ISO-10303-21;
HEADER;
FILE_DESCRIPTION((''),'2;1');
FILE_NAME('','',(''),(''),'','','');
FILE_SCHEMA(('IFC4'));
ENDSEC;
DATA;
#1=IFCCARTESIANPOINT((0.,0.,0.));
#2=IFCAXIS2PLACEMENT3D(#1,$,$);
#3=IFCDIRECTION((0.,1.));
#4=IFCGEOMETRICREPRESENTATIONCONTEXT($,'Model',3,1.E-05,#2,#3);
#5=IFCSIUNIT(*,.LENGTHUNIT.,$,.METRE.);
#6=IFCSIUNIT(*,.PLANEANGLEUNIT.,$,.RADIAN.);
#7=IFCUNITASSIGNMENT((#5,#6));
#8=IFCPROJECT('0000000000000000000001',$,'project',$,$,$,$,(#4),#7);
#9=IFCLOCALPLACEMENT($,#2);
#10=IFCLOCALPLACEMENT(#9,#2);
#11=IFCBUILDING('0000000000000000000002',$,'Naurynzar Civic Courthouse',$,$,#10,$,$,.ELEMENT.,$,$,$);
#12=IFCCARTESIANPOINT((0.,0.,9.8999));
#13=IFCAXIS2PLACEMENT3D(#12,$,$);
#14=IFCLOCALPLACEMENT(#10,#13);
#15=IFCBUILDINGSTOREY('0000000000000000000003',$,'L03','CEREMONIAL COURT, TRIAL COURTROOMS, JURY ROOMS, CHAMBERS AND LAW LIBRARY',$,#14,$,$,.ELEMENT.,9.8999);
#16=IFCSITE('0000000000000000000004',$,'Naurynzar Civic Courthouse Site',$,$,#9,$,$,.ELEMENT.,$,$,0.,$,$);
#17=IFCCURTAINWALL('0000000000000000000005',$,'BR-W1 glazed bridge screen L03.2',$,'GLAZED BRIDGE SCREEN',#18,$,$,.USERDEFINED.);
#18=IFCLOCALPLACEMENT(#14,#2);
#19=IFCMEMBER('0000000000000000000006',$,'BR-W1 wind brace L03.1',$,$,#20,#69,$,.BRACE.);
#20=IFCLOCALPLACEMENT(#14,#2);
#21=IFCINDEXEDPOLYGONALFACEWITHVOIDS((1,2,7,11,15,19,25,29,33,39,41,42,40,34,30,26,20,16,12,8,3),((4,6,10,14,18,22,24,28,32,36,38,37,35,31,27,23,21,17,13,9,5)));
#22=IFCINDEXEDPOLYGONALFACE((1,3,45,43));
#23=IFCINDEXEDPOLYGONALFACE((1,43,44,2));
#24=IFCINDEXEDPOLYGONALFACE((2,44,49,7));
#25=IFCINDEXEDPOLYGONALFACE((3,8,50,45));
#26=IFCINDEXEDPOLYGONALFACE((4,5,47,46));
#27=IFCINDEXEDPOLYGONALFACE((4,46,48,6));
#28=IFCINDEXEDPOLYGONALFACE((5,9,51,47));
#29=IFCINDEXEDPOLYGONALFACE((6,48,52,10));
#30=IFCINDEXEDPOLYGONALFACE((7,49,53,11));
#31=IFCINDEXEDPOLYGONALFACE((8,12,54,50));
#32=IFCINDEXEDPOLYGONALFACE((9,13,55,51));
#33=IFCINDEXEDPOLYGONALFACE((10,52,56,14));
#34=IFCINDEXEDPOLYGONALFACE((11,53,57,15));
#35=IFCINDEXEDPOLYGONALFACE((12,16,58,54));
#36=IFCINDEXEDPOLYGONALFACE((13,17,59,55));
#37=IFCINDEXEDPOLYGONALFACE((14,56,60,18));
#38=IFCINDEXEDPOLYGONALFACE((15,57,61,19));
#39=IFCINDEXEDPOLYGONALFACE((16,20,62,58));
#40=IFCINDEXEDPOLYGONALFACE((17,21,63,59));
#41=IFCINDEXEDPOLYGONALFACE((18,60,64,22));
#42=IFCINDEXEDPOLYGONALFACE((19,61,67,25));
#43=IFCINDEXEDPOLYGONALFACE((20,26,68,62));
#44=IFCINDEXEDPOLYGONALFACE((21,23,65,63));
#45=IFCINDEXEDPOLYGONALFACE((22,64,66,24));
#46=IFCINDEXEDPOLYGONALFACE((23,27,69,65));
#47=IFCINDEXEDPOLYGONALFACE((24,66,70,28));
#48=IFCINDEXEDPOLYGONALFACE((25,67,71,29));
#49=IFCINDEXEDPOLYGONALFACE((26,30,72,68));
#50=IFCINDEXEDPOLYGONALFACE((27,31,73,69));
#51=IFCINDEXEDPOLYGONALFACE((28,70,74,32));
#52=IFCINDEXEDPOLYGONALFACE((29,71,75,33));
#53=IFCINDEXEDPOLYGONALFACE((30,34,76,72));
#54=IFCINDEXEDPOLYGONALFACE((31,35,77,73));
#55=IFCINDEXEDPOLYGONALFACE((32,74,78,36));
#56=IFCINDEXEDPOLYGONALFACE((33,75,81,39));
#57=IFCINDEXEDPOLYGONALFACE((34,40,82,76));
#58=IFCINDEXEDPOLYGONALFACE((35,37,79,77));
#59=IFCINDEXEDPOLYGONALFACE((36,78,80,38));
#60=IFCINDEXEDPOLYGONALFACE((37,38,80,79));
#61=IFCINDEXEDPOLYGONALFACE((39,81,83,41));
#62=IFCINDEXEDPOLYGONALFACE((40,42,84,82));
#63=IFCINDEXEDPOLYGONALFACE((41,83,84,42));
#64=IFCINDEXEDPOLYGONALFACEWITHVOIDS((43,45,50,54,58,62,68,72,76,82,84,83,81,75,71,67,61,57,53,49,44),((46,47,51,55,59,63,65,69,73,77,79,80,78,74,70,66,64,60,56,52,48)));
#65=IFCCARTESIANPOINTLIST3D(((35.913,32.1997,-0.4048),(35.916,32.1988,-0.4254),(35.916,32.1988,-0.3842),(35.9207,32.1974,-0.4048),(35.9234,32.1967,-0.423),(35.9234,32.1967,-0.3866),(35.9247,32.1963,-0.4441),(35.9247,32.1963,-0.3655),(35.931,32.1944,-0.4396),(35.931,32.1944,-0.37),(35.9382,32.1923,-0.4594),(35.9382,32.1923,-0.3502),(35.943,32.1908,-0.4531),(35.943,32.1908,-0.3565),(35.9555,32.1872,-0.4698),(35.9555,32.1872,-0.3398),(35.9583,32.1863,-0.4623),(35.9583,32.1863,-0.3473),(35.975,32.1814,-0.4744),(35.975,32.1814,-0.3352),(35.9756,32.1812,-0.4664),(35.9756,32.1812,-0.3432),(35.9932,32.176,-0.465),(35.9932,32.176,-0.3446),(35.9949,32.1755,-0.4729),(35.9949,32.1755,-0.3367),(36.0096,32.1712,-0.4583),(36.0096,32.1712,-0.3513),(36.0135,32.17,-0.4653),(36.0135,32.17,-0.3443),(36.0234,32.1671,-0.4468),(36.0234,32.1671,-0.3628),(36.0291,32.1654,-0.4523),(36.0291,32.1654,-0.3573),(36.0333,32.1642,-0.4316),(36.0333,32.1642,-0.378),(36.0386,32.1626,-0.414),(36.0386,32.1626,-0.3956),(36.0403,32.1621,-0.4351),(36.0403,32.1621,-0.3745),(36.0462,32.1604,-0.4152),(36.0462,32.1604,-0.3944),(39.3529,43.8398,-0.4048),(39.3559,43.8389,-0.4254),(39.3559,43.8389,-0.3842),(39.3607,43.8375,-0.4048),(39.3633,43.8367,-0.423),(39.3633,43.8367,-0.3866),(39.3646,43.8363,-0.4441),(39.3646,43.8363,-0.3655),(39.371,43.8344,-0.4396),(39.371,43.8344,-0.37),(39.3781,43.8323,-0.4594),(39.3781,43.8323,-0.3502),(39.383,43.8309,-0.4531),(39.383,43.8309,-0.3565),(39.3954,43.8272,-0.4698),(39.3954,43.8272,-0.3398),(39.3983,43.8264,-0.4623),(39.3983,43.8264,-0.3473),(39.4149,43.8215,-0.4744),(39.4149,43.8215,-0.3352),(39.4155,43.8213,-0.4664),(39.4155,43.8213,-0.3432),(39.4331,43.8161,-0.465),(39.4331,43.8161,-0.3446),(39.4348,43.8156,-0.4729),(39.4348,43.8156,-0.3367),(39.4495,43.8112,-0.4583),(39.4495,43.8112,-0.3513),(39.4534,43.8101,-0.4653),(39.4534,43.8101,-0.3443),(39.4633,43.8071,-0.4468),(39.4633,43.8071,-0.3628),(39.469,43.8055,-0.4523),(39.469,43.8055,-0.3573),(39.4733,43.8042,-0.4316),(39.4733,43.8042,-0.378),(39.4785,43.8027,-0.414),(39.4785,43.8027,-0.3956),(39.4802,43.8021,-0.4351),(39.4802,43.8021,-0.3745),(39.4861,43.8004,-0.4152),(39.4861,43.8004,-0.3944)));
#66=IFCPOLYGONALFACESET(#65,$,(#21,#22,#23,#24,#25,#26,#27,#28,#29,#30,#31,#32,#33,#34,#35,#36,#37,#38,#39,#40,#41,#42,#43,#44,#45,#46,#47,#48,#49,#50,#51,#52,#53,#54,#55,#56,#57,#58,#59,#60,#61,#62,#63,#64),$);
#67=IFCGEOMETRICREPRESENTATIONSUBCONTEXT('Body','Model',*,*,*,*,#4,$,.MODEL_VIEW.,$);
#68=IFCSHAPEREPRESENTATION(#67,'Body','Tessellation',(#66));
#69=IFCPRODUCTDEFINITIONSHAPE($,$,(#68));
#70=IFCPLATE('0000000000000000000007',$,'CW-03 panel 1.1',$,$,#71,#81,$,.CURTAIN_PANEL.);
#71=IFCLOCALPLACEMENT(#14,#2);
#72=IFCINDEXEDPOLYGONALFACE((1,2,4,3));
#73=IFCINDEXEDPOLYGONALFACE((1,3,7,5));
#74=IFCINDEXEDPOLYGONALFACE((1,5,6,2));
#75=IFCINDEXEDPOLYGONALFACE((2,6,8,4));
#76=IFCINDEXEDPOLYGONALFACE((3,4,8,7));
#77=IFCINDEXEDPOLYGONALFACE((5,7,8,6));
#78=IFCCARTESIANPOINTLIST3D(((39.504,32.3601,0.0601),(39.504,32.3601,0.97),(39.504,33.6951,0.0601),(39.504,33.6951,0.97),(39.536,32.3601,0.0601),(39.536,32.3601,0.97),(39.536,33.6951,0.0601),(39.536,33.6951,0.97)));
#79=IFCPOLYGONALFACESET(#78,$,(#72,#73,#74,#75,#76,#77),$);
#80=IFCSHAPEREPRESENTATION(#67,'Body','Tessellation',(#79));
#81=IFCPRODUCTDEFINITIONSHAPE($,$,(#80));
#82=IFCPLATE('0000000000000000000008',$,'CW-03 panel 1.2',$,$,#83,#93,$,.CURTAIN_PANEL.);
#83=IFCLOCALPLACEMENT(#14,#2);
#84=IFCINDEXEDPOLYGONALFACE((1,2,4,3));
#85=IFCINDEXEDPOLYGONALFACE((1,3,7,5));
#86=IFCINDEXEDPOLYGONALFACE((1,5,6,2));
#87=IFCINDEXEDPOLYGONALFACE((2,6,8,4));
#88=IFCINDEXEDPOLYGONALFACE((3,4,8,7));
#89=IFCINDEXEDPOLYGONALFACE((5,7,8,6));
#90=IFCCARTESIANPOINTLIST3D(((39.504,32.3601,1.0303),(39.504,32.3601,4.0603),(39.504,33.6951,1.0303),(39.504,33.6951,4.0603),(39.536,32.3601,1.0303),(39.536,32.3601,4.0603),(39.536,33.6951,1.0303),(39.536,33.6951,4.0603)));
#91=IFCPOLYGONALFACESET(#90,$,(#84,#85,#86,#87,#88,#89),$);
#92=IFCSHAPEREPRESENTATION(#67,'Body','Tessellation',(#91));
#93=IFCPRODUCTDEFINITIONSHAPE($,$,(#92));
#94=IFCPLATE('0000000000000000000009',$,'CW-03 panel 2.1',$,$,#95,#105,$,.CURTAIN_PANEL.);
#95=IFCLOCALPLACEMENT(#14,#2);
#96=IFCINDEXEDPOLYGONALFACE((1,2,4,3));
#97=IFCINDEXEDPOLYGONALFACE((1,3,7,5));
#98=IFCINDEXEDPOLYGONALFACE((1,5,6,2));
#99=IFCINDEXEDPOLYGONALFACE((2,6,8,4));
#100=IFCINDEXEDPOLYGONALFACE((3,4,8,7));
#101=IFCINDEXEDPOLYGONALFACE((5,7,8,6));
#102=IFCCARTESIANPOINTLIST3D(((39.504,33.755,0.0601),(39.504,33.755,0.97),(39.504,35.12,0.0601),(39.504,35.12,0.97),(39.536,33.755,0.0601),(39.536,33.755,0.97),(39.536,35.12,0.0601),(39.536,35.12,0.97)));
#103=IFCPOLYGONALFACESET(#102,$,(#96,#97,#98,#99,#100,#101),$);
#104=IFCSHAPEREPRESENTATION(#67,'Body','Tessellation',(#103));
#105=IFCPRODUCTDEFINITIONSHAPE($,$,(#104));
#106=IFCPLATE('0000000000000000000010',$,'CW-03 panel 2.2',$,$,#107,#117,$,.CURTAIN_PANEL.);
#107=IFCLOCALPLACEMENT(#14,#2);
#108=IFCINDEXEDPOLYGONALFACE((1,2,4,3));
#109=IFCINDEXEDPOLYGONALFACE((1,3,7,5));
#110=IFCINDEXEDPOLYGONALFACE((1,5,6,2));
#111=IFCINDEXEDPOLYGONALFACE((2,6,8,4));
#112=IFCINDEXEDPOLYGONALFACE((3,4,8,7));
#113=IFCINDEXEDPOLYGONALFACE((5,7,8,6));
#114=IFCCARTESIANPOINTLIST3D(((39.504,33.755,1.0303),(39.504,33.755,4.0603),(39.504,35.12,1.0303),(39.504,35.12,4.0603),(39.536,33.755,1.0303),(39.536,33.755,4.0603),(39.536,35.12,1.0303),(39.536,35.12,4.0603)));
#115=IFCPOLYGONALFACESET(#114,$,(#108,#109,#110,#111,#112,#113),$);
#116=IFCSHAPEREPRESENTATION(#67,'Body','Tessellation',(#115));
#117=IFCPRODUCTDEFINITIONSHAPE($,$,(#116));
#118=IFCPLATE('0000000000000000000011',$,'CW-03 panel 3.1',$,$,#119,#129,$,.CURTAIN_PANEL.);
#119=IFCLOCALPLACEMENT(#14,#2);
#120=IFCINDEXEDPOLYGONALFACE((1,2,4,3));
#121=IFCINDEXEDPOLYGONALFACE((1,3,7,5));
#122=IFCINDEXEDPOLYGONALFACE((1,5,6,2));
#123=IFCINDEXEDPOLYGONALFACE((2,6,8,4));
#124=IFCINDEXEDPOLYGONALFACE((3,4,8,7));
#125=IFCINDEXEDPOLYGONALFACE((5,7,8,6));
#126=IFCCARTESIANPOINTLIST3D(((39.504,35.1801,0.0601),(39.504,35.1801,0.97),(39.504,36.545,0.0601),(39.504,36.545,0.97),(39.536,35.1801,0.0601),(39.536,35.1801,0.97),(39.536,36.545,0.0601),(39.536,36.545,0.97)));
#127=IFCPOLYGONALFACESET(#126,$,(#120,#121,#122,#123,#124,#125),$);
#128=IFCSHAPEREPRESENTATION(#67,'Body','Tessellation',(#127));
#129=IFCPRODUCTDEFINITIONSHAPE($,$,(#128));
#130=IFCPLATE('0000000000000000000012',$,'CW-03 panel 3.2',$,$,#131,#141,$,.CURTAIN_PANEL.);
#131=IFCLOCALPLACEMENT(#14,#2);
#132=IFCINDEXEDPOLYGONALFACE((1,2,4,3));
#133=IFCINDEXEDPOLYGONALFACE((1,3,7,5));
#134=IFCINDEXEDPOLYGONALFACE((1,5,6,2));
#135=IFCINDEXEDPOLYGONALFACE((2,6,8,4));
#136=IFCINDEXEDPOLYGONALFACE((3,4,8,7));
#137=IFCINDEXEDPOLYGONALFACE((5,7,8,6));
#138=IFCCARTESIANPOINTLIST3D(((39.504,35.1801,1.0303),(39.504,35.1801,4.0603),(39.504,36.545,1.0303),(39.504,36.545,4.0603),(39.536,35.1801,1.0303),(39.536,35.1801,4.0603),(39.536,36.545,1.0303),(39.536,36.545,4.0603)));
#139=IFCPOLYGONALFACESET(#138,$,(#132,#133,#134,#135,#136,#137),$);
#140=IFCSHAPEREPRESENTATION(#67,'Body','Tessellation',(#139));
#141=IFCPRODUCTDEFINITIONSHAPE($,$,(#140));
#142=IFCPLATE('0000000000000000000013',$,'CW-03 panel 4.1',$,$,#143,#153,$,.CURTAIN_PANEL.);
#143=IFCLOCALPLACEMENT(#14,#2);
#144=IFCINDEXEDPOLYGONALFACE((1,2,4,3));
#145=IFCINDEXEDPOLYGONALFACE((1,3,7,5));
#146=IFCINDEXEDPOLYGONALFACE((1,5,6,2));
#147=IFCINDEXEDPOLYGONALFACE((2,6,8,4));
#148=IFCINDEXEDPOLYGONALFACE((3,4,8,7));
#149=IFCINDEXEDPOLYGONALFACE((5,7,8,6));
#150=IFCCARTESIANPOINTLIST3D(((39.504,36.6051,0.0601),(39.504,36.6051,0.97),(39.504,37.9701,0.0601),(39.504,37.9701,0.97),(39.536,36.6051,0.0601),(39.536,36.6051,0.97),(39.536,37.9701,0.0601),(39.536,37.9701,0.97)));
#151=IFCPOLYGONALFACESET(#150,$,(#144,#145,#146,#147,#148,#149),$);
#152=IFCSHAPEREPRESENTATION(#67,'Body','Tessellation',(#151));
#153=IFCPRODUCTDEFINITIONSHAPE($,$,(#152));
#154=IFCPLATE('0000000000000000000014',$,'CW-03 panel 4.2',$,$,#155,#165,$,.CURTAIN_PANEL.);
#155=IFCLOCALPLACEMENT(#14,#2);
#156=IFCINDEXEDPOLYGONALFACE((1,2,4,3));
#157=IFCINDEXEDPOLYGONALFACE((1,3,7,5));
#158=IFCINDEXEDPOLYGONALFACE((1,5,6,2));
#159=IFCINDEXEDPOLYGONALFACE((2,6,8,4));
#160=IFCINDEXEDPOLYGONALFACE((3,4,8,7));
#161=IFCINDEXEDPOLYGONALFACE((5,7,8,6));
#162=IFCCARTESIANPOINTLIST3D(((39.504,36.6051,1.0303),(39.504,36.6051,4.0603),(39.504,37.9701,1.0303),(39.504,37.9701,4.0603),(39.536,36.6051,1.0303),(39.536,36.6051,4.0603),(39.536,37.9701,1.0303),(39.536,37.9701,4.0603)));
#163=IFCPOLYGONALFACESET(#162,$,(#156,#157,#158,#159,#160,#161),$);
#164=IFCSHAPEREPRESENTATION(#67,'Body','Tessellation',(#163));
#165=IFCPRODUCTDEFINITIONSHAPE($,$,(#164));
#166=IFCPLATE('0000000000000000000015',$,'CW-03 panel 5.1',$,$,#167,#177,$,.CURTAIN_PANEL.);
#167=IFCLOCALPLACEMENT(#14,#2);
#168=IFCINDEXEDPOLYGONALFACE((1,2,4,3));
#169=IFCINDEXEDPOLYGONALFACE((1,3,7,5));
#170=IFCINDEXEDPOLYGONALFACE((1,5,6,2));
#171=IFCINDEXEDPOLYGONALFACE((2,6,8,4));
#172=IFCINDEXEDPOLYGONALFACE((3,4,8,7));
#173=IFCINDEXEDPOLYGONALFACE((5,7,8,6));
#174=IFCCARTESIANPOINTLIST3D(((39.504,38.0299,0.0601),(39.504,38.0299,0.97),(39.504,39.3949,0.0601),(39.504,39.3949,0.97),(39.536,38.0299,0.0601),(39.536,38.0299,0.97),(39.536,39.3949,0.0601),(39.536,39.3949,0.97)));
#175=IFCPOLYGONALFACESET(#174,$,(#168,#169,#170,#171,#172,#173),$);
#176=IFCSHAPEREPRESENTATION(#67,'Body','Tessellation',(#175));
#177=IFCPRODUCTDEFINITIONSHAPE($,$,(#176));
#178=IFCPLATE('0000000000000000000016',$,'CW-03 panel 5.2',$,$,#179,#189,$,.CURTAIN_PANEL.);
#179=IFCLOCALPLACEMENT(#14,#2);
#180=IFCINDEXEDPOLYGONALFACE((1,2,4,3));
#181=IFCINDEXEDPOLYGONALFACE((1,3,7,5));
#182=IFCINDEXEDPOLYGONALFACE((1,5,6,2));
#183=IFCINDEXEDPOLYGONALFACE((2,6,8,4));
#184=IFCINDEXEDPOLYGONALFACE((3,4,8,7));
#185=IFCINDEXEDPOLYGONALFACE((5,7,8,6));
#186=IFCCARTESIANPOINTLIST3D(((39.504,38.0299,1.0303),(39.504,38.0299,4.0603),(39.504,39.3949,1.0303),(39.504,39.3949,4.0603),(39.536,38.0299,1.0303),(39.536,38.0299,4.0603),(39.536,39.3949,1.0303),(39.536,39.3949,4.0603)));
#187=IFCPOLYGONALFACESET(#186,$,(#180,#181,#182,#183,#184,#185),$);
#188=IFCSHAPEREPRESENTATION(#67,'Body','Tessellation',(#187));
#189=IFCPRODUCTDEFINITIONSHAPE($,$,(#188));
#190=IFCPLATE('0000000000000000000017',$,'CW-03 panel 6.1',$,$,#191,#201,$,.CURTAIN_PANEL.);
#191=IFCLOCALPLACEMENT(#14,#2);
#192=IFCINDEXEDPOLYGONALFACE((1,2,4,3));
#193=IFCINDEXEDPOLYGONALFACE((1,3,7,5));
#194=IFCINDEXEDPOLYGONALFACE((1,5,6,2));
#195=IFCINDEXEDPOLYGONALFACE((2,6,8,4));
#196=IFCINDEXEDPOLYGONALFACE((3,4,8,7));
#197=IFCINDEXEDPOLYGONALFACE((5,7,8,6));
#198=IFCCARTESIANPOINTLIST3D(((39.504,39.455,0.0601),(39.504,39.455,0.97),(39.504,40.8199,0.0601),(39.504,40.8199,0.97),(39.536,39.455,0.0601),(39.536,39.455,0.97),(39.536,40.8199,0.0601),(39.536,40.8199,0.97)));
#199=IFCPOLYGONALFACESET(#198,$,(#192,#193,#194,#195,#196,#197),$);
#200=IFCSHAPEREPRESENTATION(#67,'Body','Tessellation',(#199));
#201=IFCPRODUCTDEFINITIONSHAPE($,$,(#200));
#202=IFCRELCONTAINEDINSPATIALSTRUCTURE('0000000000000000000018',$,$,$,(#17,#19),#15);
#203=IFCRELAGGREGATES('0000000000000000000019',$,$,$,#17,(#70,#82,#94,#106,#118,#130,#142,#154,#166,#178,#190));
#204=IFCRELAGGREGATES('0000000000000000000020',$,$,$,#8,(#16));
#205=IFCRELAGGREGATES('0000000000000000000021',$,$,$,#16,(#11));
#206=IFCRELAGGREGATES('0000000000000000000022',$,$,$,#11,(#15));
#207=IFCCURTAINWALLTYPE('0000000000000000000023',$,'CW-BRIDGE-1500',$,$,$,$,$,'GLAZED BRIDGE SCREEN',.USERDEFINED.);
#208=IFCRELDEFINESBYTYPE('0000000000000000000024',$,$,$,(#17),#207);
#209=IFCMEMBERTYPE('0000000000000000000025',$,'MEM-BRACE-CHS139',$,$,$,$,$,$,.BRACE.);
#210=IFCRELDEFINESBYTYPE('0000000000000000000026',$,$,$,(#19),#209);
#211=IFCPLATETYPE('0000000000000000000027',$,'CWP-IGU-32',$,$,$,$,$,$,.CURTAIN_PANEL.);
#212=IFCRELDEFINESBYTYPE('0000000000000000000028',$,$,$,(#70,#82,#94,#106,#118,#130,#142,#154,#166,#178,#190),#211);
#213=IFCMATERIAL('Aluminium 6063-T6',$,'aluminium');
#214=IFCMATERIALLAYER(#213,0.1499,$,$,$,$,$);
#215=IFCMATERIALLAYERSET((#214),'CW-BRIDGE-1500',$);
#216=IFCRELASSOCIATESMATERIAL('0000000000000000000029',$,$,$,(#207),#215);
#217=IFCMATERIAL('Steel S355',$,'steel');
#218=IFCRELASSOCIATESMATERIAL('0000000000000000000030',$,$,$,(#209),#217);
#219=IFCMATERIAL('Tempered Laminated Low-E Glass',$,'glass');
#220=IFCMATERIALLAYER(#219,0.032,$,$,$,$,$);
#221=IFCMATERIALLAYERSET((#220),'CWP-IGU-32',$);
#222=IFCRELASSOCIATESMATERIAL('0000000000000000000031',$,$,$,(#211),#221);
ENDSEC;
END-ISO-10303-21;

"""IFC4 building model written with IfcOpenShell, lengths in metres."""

from ifc_helpers import new_model, si_unit, direction, frame, origin, origin_2d, place, context, subcontext, project, spatial, rectangle, hollow_circle, extrude, material, layer, layer_set, material_profile, profile_set, type_object, element, aggregate, save


model = new_model("IFC4")

# Units and contexts
model_context = context("Model", 3, precision=1e-05, world=origin(), true_north=direction((0.0, 1.0)))
body_context = subcontext(model_context, "Body", "Model", "MODEL_VIEW")
ifc_project = project(units=[si_unit("LENGTHUNIT", "METRE"), si_unit("PLANEANGLEUNIT", "RADIAN")], contexts=[model_context])

# Site, building, storey
site_placement = place(None, origin())
site = spatial("IfcSite", under=ifc_project, at=site_placement, Name="Naurynzar Civic Courthouse Site", CompositionType="ELEMENT", RefElevation=0.0)
building_placement = place(site_placement, origin())
building = spatial("IfcBuilding", under=site, at=building_placement, Name="Naurynzar Civic Courthouse", CompositionType="ELEMENT")
storey_placement = place(building_placement, frame((0.0, 0.0, 9.8999)))
storey = spatial("IfcBuildingStorey", under=building, at=storey_placement, Name="L03", Description="CEREMONIAL COURT, TRIAL COURTROOMS, JURY ROOMS, CHAMBERS AND LAW LIBRARY", CompositionType="ELEMENT", Elevation=9.8999)

# Curtain wall
ifc_material_1 = material(Name="Aluminium 6063-T6", Category="aluminium")
ifc_layer_1 = layer(ifc_material_1, 0.1499)
ifc_layer_set_1 = layer_set([ifc_layer_1], Name="CW-BRIDGE-1500")
curtain_wall_type = type_object("IfcCurtainWallType", Name="CW-BRIDGE-1500", ElementType="GLAZED BRIDGE SCREEN", PredefinedType="USERDEFINED", material=ifc_layer_set_1)
curtain_wall_placement = place(storey_placement, origin())
curtain_wall = element("IfcCurtainWall", 1, at=curtain_wall_placement, inside=storey, type_object=curtain_wall_type, Name="BR-W1 glazed bridge screen L03.2", ObjectType="GLAZED BRIDGE SCREEN", PredefinedType="USERDEFINED")

# Member
ifc_material_2 = material(Name="Steel S355", Category="steel")
ifc_material_profile_1 = material_profile(ifc_material_2, hollow_circle(Radius=0.0698, WallThickness=0.0081, at=origin_2d()), Name="CHS 139.7x8")
ifc_profile_set_1 = profile_set([ifc_material_profile_1], Name="Steel S355")
member_type_1 = type_object("IfcMemberType", Name="MEM-BRACE-CHS139", PredefinedType="BRACE", material=ifc_profile_set_1)
member_1_placement = place(storey_placement, frame((35.98, 32.1799, -0.4048), z_axis=(0.283408, 0.959, 0.0), x_axis=(-0.959, 0.283408, 0.0)))
element("IfcMember", 2, at=member_1_placement, inside=storey, type_object=member_type_1, Name="BR-W1 wind brace L03.1", PredefinedType="BRACE", context=body_context, shape_type="SweptSolid", body=[
    extrude(hollow_circle(Radius=0.0698, WallThickness=0.0081, at=origin_2d()), origin(), (0.0, 0.0, 1.0), 12.1377),
])

# Plates
ifc_material_3 = material(Name="Tempered Laminated Low-E Glass", Category="glass")
ifc_layer_2 = layer(ifc_material_3, 0.032)
ifc_layer_set_2 = layer_set([ifc_layer_2], Name="CWP-IGU-32")
plate_type_1 = type_object("IfcPlateType", Name="CWP-IGU-32", PredefinedType="CURTAIN_PANEL", material=ifc_layer_set_2)
plate_1_placement = place(storey_placement, frame((39.52, 33.0276, 0.0601), z_axis=(0.0, 0.0, 1.0), x_axis=(0.0, 1.0, 0.0)))
plate_1 = element("IfcPlate", 3, at=plate_1_placement, type_object=plate_type_1, Name="CW-03 panel 1.1", PredefinedType="CURTAIN_PANEL", context=body_context, shape_type="SweptSolid", body=[
    extrude(rectangle(XDim=1.335, YDim=0.032, at=origin_2d()), origin(), (0.0, 0.0, 1.0), 0.9099),
])
plate_2_placement = place(storey_placement, frame((39.52, 33.0276, 1.0303), z_axis=(0.0, 0.0, 1.0), x_axis=(0.0, 1.0, 0.0)))
plate_2 = element("IfcPlate", 4, at=plate_2_placement, type_object=plate_type_1, Name="CW-03 panel 1.2", PredefinedType="CURTAIN_PANEL", context=body_context, shape_type="SweptSolid", body=[
    extrude(rectangle(XDim=1.335, YDim=0.032, at=origin_2d()), origin(), (0.0, 0.0, 1.0), 3.03),
])
plate_3_placement = place(storey_placement, frame((39.52, 34.4375, 0.0601), z_axis=(0.0, 0.0, 1.0), x_axis=(0.0, 1.0, 0.0)))
plate_3 = element("IfcPlate", 5, at=plate_3_placement, type_object=plate_type_1, Name="CW-03 panel 2.1", PredefinedType="CURTAIN_PANEL", context=body_context, shape_type="SweptSolid", body=[
    extrude(rectangle(XDim=1.365, YDim=0.032, at=origin_2d()), origin(), (0.0, 0.0, 1.0), 0.9099),
])
plate_4_placement = place(storey_placement, frame((39.52, 34.4375, 1.0303), z_axis=(0.0, 0.0, 1.0), x_axis=(0.0, 1.0, 0.0)))
plate_4 = element("IfcPlate", 6, at=plate_4_placement, type_object=plate_type_1, Name="CW-03 panel 2.2", PredefinedType="CURTAIN_PANEL", context=body_context, shape_type="SweptSolid", body=[
    extrude(rectangle(XDim=1.365, YDim=0.032, at=origin_2d()), origin(), (0.0, 0.0, 1.0), 3.03),
])
plate_5_placement = place(storey_placement, frame((39.52, 35.8625, 0.0601), z_axis=(0.0, 0.0, 1.0), x_axis=(0.0, 1.0, 0.0)))
plate_5 = element("IfcPlate", 7, at=plate_5_placement, type_object=plate_type_1, Name="CW-03 panel 3.1", PredefinedType="CURTAIN_PANEL", context=body_context, shape_type="SweptSolid", body=[
    extrude(rectangle(XDim=1.365, YDim=0.032, at=origin_2d()), origin(), (0.0, 0.0, 1.0), 0.9099),
])
plate_6_placement = place(storey_placement, frame((39.52, 35.8625, 1.0303), z_axis=(0.0, 0.0, 1.0), x_axis=(0.0, 1.0, 0.0)))
plate_6 = element("IfcPlate", 8, at=plate_6_placement, type_object=plate_type_1, Name="CW-03 panel 3.2", PredefinedType="CURTAIN_PANEL", context=body_context, shape_type="SweptSolid", body=[
    extrude(rectangle(XDim=1.365, YDim=0.032, at=origin_2d()), origin(), (0.0, 0.0, 1.0), 3.03),
])
plate_7_placement = place(storey_placement, frame((39.52, 37.2876, 0.0601), z_axis=(0.0, 0.0, 1.0), x_axis=(0.0, 1.0, 0.0)))
plate_7 = element("IfcPlate", 9, at=plate_7_placement, type_object=plate_type_1, Name="CW-03 panel 4.1", PredefinedType="CURTAIN_PANEL", context=body_context, shape_type="SweptSolid", body=[
    extrude(rectangle(XDim=1.365, YDim=0.032, at=origin_2d()), origin(), (0.0, 0.0, 1.0), 0.9099),
])
plate_8_placement = place(storey_placement, frame((39.52, 37.2876, 1.0303), z_axis=(0.0, 0.0, 1.0), x_axis=(0.0, 1.0, 0.0)))
plate_8 = element("IfcPlate", 10, at=plate_8_placement, type_object=plate_type_1, Name="CW-03 panel 4.2", PredefinedType="CURTAIN_PANEL", context=body_context, shape_type="SweptSolid", body=[
    extrude(rectangle(XDim=1.365, YDim=0.032, at=origin_2d()), origin(), (0.0, 0.0, 1.0), 3.03),
])
plate_9_placement = place(storey_placement, frame((39.52, 38.7124, 0.0601), z_axis=(0.0, 0.0, 1.0), x_axis=(0.0, 1.0, 0.0)))
plate_9 = element("IfcPlate", 11, at=plate_9_placement, type_object=plate_type_1, Name="CW-03 panel 5.1", PredefinedType="CURTAIN_PANEL", context=body_context, shape_type="SweptSolid", body=[
    extrude(rectangle(XDim=1.365, YDim=0.032, at=origin_2d()), origin(), (0.0, 0.0, 1.0), 0.9099),
])
plate_10_placement = place(storey_placement, frame((39.52, 38.7124, 1.0303), z_axis=(0.0, 0.0, 1.0), x_axis=(0.0, 1.0, 0.0)))
plate_10 = element("IfcPlate", 12, at=plate_10_placement, type_object=plate_type_1, Name="CW-03 panel 5.2", PredefinedType="CURTAIN_PANEL", context=body_context, shape_type="SweptSolid", body=[
    extrude(rectangle(XDim=1.365, YDim=0.032, at=origin_2d()), origin(), (0.0, 0.0, 1.0), 3.03),
])
plate_11_placement = place(storey_placement, frame((39.52, 40.1375, 0.0601), z_axis=(0.0, 0.0, 1.0), x_axis=(0.0, 1.0, 0.0)))
plate_11 = element("IfcPlate", 13, at=plate_11_placement, type_object=plate_type_1, Name="CW-03 panel 6.1", PredefinedType="CURTAIN_PANEL", context=body_context, shape_type="SweptSolid", body=[
    extrude(rectangle(XDim=1.365, YDim=0.032, at=origin_2d()), origin(), (0.0, 0.0, 1.0), 0.9099),
])
aggregate(curtain_wall, [plate_1, plate_2, plate_3, plate_4, plate_5, plate_6, plate_7, plate_8, plate_9, plate_10, plate_11])

save(model, "model.ifc")
